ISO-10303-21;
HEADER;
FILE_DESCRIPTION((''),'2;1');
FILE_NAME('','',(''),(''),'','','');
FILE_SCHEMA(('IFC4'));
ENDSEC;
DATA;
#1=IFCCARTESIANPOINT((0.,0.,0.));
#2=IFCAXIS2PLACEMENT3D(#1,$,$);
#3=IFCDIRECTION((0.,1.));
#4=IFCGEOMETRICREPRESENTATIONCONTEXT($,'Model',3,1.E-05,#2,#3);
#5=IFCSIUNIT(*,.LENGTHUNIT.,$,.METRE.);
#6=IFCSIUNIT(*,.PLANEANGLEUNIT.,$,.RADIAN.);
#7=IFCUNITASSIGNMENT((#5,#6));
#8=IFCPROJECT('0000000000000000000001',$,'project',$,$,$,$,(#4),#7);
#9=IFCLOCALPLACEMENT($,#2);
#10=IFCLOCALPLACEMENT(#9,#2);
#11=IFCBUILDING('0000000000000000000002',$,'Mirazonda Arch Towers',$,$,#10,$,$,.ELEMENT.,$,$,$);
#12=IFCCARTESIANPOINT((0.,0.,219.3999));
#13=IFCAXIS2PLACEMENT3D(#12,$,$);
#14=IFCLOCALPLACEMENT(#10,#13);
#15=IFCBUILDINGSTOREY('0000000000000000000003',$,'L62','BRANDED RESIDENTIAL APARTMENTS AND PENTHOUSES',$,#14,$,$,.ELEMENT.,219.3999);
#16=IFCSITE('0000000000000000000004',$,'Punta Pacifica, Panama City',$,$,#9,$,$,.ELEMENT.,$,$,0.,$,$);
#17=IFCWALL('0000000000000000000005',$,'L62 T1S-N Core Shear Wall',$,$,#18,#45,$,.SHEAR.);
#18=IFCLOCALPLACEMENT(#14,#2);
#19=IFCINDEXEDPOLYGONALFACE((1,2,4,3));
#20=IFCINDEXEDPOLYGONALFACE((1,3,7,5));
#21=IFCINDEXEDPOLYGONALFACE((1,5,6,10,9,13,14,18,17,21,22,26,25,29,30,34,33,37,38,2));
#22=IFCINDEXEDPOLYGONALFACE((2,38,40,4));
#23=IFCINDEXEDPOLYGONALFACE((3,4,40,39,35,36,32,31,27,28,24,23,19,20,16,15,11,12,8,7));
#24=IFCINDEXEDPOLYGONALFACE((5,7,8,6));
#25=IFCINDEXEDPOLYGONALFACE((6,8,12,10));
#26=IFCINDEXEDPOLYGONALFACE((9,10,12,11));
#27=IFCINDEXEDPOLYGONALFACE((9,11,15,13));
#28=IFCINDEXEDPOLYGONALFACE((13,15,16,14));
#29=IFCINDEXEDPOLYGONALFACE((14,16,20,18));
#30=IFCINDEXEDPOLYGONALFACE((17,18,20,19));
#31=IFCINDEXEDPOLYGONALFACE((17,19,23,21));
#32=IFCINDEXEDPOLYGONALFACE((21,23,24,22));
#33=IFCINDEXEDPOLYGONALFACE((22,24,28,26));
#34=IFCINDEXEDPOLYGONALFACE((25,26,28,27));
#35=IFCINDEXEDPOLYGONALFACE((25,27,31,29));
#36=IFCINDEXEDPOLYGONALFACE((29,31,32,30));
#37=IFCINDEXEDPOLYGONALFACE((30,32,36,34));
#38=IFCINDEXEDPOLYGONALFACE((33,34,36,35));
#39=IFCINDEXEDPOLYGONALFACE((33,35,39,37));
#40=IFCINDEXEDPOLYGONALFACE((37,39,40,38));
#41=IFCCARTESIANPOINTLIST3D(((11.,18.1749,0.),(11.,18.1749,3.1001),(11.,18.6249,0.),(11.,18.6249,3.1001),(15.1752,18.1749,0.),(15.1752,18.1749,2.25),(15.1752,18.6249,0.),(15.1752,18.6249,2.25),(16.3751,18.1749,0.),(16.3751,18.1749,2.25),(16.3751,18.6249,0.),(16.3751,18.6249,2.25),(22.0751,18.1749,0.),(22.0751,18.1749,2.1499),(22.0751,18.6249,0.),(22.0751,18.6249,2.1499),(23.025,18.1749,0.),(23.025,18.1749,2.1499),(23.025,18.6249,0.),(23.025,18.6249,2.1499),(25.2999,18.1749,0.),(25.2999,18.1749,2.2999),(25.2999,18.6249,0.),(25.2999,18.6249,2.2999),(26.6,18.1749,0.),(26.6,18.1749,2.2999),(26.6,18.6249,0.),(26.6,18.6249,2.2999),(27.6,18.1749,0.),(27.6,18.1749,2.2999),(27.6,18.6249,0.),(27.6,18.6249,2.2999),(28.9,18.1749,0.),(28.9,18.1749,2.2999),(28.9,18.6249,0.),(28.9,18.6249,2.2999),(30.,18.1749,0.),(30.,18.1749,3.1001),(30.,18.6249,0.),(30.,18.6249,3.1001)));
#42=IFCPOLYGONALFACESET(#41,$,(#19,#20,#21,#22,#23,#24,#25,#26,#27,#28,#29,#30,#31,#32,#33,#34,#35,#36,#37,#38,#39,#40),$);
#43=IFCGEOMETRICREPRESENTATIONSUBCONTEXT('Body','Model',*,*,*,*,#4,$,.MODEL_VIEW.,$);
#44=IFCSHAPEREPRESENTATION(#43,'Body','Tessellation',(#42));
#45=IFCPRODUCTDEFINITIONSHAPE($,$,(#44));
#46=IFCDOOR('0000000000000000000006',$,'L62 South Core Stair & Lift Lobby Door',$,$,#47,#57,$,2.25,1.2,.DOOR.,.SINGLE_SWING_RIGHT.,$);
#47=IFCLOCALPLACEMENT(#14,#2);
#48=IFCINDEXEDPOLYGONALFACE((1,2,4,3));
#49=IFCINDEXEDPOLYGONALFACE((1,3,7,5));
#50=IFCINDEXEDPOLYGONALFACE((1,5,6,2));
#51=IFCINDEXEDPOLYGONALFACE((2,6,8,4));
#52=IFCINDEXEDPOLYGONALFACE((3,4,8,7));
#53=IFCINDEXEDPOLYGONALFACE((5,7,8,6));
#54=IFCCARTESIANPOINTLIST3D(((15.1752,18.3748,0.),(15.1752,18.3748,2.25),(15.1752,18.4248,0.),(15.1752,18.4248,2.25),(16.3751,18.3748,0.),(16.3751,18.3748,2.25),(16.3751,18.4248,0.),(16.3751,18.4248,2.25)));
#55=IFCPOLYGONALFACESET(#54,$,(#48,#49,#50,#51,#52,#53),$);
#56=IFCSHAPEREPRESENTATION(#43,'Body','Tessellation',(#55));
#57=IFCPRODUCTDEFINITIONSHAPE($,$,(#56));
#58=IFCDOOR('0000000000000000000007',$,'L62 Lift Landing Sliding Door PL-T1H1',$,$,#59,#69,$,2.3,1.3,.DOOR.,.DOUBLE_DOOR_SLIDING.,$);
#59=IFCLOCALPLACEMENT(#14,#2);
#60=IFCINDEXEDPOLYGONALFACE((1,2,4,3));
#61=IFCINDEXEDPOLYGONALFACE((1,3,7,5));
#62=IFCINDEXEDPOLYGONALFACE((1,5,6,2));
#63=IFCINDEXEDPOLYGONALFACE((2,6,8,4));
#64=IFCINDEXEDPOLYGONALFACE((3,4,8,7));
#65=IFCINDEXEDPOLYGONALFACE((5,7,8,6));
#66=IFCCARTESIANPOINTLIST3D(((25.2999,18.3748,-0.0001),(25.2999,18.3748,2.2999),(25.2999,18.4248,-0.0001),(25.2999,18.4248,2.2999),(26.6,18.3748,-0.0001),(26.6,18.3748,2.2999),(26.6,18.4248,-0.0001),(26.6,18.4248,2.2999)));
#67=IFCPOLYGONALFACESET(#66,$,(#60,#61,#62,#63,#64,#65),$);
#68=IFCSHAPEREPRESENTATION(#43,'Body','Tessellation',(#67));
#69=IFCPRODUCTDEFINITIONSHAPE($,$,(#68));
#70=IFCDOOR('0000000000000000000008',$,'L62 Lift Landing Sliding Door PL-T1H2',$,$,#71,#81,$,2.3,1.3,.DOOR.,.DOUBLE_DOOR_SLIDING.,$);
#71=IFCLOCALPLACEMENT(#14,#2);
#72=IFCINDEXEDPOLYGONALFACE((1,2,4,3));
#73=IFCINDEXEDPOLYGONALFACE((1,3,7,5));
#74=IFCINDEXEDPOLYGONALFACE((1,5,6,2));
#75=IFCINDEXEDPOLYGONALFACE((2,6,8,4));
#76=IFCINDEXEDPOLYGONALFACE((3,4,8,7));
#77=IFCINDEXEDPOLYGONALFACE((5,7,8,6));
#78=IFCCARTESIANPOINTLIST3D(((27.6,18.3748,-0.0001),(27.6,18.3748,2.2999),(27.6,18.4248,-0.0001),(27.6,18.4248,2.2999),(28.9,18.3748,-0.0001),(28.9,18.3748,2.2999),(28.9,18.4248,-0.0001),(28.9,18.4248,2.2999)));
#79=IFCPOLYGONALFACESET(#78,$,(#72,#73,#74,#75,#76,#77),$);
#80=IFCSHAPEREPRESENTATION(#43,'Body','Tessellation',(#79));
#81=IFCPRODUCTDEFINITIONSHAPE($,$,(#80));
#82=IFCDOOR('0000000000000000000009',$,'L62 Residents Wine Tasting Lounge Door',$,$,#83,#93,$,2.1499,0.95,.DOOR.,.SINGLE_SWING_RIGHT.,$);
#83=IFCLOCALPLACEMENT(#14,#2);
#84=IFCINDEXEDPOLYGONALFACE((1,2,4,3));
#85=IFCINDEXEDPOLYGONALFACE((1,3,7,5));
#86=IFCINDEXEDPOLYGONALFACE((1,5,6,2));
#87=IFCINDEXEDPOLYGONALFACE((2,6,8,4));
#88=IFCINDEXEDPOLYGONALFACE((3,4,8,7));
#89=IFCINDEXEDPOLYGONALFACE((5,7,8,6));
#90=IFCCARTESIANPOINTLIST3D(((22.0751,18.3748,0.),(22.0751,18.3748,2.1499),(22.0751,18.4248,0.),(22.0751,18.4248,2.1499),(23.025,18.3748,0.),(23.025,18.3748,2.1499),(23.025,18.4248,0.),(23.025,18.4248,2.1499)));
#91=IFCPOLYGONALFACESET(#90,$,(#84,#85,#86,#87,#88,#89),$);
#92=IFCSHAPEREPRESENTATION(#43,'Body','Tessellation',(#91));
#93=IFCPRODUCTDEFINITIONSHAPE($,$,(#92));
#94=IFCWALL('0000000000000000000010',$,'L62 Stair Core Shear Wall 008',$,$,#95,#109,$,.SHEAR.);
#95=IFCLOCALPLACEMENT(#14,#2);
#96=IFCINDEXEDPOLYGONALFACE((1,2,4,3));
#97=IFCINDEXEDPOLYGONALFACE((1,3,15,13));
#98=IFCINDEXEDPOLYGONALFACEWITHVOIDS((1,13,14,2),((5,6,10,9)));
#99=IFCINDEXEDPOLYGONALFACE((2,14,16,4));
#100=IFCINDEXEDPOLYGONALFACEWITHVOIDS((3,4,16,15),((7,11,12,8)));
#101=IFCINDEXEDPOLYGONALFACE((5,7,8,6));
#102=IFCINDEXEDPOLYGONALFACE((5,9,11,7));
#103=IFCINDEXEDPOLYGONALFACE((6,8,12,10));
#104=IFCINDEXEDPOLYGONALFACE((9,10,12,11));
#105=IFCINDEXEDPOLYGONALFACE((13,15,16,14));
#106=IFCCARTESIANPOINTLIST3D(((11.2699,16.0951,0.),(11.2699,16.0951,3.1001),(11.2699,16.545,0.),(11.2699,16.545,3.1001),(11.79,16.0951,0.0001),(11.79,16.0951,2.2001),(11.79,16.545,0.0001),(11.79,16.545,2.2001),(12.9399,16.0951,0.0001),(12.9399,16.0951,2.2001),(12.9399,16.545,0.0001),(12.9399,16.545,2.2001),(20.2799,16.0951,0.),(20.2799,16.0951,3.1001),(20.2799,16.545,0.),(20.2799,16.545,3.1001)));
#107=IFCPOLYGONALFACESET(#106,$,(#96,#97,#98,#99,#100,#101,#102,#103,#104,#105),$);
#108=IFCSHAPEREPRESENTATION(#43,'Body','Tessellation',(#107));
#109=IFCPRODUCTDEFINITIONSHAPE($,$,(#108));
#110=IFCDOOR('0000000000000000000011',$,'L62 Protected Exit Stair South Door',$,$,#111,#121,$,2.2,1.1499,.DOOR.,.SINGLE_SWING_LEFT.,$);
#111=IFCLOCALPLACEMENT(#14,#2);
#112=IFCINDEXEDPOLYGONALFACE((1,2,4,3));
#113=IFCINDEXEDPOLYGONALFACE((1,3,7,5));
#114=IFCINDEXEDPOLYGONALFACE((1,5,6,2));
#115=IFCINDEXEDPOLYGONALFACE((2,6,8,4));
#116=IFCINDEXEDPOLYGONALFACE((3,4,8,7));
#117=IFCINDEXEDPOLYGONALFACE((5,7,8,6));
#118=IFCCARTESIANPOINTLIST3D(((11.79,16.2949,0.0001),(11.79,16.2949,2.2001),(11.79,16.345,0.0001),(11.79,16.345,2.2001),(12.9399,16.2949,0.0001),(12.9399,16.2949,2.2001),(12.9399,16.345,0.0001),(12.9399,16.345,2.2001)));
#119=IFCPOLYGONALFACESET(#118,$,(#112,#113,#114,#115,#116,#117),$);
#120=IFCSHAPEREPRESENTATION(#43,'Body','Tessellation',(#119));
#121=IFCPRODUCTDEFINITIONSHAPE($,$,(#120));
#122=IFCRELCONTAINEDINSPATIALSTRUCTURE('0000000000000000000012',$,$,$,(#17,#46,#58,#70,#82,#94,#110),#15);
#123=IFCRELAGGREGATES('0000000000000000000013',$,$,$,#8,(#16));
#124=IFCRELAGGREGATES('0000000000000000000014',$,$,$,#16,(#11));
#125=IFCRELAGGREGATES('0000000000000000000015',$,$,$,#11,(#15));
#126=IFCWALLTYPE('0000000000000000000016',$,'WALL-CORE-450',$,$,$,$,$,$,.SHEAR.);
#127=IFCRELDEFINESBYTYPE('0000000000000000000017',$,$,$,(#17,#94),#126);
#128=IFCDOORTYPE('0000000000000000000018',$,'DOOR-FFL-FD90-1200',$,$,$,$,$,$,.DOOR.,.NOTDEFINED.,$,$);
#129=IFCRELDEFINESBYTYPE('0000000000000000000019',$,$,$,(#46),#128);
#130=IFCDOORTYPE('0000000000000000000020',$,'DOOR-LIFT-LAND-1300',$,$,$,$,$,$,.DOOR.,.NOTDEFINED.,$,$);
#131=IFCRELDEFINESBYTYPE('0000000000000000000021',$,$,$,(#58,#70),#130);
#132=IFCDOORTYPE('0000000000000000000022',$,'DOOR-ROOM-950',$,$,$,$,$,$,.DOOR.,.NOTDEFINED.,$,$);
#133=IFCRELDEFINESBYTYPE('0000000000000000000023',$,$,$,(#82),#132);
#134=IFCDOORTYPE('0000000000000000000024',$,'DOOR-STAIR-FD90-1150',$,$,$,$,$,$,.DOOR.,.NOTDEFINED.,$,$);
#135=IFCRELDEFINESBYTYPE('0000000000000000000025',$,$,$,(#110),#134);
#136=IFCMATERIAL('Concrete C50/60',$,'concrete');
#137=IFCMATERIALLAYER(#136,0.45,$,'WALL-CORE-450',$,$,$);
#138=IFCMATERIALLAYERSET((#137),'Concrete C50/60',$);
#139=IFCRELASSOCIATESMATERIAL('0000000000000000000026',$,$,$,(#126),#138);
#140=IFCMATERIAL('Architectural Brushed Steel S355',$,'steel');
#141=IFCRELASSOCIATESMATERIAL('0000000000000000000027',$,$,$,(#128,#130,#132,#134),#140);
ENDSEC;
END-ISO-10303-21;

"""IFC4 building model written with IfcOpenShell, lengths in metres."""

from ifc_helpers import new_model, si_unit, direction, frame, frame_2d, origin, place, context, subcontext, project, spatial, rectangle, extrude, material, layer, layer_set, type_object, element, fill, save


model = new_model("IFC4")

# Units and contexts
model_context = context("Model", 3, precision=1e-05, world=origin(), true_north=direction((0.0, 1.0)))
body_context = subcontext(model_context, "Body", "Model", "MODEL_VIEW")
ifc_project = project(units=[si_unit("LENGTHUNIT", "METRE"), si_unit("PLANEANGLEUNIT", "RADIAN")], contexts=[model_context])

# Site, building, storey
site_placement = place(None, origin())
site = spatial("IfcSite", under=ifc_project, at=site_placement, Name="Punta Pacifica, Panama City", CompositionType="ELEMENT", RefElevation=0.0)
building_placement = place(site_placement, origin())
building = spatial("IfcBuilding", under=site, at=building_placement, Name="Mirazonda Arch Towers", CompositionType="ELEMENT")
storey_placement = place(building_placement, frame((0.0, 0.0, 219.3999)))
storey = spatial("IfcBuildingStorey", under=building, at=storey_placement, Name="L62", Description="BRANDED RESIDENTIAL APARTMENTS AND PENTHOUSES", CompositionType="ELEMENT", Elevation=219.3999)

# Shared definitions
ifc_material_1 = material(Name="Concrete C50/60", Category="concrete")

# Wall, openings, doors
ifc_layer_1 = layer(ifc_material_1, 0.45, Name="WALL-CORE-450")
ifc_layer_set_1 = layer_set([ifc_layer_1], Name="Concrete C50/60")
wall_type_1 = type_object("IfcWallType", Name="WALL-CORE-450", PredefinedType="SHEAR", material=ifc_layer_set_1)
wall_1_placement = place(storey_placement, frame((11.0, 18.3999, 0.0), z_axis=(0.0, 0.0, 1.0), x_axis=(1.0, 0.0, 0.0)))
wall_1 = element("IfcWall", 1, at=wall_1_placement, inside=storey, type_object=wall_type_1, Name="L62 T1S-N Core Shear Wall", PredefinedType="SHEAR", context=body_context, shape_type="SweptSolid", body=[
    extrude(rectangle(XDim=19.0, YDim=0.45, at=frame_2d((9.5, 0.0))), origin(), (0.0, 0.0, 1.0), 3.1001),
])
opening_1_placement = place(wall_1_placement, frame((4.175, 0.0, 0.0)))
opening_1 = element("IfcOpeningElement", 2, at=opening_1_placement, cuts=wall_1, PredefinedType="OPENING", context=body_context, shape_type="SweptSolid", body=[
    extrude(rectangle(XDim=1.2, YDim=2.25, at=frame_2d((0.6001, 1.125))), frame((0.0, 0.2349, 0.0), z_axis=(0.0, -1.0, 0.0), x_axis=(1.0, 0.0, 0.0)), (0.0, 0.0, 1.0), 0.47),
])
opening_2_placement = place(wall_1_placement, frame((11.075, 0.0, 0.0)))
opening_2 = element("IfcOpeningElement", 3, at=opening_2_placement, cuts=wall_1, PredefinedType="OPENING", context=body_context, shape_type="SweptSolid", body=[
    extrude(rectangle(XDim=0.95, YDim=2.1499, at=frame_2d((0.4751, 1.075))), frame((0.0, 0.2349, 0.0), z_axis=(0.0, -1.0, 0.0), x_axis=(1.0, 0.0, 0.0)), (0.0, 0.0, 1.0), 0.47),
])
opening_3_placement = place(wall_1_placement, frame((14.3, 0.0, 0.0)))
opening_3 = element("IfcOpeningElement", 4, at=opening_3_placement, cuts=wall_1, PredefinedType="OPENING", context=body_context, shape_type="SweptSolid", body=[
    extrude(rectangle(XDim=1.3, YDim=2.3, at=frame_2d((0.6499, 1.1499))), frame((0.0, 0.2349, 0.0), z_axis=(0.0, -1.0, 0.0), x_axis=(1.0, 0.0, 0.0)), (0.0, 0.0, 1.0), 0.47),
])
opening_4_placement = place(wall_1_placement, frame((16.6001, 0.0, 0.0)))
opening_4 = element("IfcOpeningElement", 5, at=opening_4_placement, cuts=wall_1, PredefinedType="OPENING", context=body_context, shape_type="SweptSolid", body=[
    extrude(rectangle(XDim=1.3, YDim=2.3, at=frame_2d((0.6499, 1.1499))), frame((0.0, 0.2349, 0.0), z_axis=(0.0, -1.0, 0.0), x_axis=(1.0, 0.0, 0.0)), (0.0, 0.0, 1.0), 0.47),
])
ifc_material_2 = material(Name="Architectural Brushed Steel S355", Category="steel")
door_type_1 = type_object("IfcDoorType", Name="DOOR-FFL-FD90-1200", OperationType="NOTDEFINED", PredefinedType="DOOR", material=ifc_material_2)
door_1_placement = place(opening_1_placement, origin())
door_1 = element("IfcDoor", 6, at=door_1_placement, inside=storey, type_object=door_type_1, Name="L62 South Core Stair & Lift Lobby Door", OperationType="SINGLE_SWING_RIGHT", OverallHeight=2.25, OverallWidth=1.2, PredefinedType="DOOR", context=body_context, shape_type="SweptSolid", body=[
    extrude(rectangle(XDim=1.2, YDim=2.25, at=frame_2d((0.6001, 1.125))), frame((0.0, 0.0249, 0.0), z_axis=(0.0, -1.0, 0.0), x_axis=(1.0, 0.0, 0.0)), (0.0, 0.0, 1.0), 0.05),
])
fill(opening_1, door_1)
door_type_2 = type_object("IfcDoorType", Name="DOOR-LIFT-LAND-1300", OperationType="NOTDEFINED", PredefinedType="DOOR", material=ifc_material_2)
door_2_placement = place(opening_3_placement, origin())
door_2 = element("IfcDoor", 7, at=door_2_placement, inside=storey, type_object=door_type_2, Name="L62 Lift Landing Sliding Door PL-T1H1", OperationType="DOUBLE_DOOR_SLIDING", OverallHeight=2.3, OverallWidth=1.3, PredefinedType="DOOR", context=body_context, shape_type="SweptSolid", body=[
    extrude(rectangle(XDim=1.3, YDim=2.3, at=frame_2d((0.6499, 1.1499))), frame((0.0, 0.0249, 0.0), z_axis=(0.0, -1.0, 0.0), x_axis=(1.0, 0.0, 0.0)), (0.0, 0.0, 1.0), 0.05),
])
fill(opening_3, door_2)
door_3_placement = place(opening_4_placement, origin())
door_3 = element("IfcDoor", 8, at=door_3_placement, inside=storey, type_object=door_type_2, Name="L62 Lift Landing Sliding Door PL-T1H2", OperationType="DOUBLE_DOOR_SLIDING", OverallHeight=2.3, OverallWidth=1.3, PredefinedType="DOOR", context=body_context, shape_type="SweptSolid", body=[
    extrude(rectangle(XDim=1.3, YDim=2.3, at=frame_2d((0.6499, 1.1499))), frame((0.0, 0.0249, 0.0), z_axis=(0.0, -1.0, 0.0), x_axis=(1.0, 0.0, 0.0)), (0.0, 0.0, 1.0), 0.05),
])
fill(opening_4, door_3)
door_type_3 = type_object("IfcDoorType", Name="DOOR-ROOM-950", OperationType="NOTDEFINED", PredefinedType="DOOR", material=ifc_material_2)
door_4_placement = place(opening_2_placement, origin())
door_4 = element("IfcDoor", 9, at=door_4_placement, inside=storey, type_object=door_type_3, Name="L62 Residents Wine Tasting Lounge Door", OperationType="SINGLE_SWING_RIGHT", OverallHeight=2.1499, OverallWidth=0.95, PredefinedType="DOOR", context=body_context, shape_type="SweptSolid", body=[
    extrude(rectangle(XDim=0.95, YDim=2.1499, at=frame_2d((0.4751, 1.075))), frame((0.0, 0.0249, 0.0), z_axis=(0.0, -1.0, 0.0), x_axis=(1.0, 0.0, 0.0)), (0.0, 0.0, 1.0), 0.05),
])
fill(opening_2, door_4)

# Wall, opening, door
wall_2_placement = place(storey_placement, frame((11.27, 16.3201, 0.0), z_axis=(0.0, 0.0, 1.0), x_axis=(1.0, 0.0, 0.0)))
wall_2 = element("IfcWall", 10, at=wall_2_placement, inside=storey, type_object=wall_type_1, Name="L62 Stair Core Shear Wall 008", PredefinedType="SHEAR", context=body_context, shape_type="SweptSolid", body=[
    extrude(rectangle(XDim=9.01, YDim=0.45, at=frame_2d((4.5049, 0.0))), origin(), (0.0, 0.0, 1.0), 3.1001),
])
opening_5_placement = place(wall_2_placement, frame((0.52, 0.0, 0.0)))
opening_5 = element("IfcOpeningElement", 11, at=opening_5_placement, cuts=wall_2, PredefinedType="OPENING", context=body_context, shape_type="SweptSolid", body=[
    extrude(rectangle(XDim=1.1499, YDim=2.2, at=frame_2d((0.575, 1.1001))), frame((0.0, 0.2349, 0.0), z_axis=(0.0, -1.0, 0.0), x_axis=(1.0, 0.0, 0.0)), (0.0, 0.0, 1.0), 0.47),
])
door_type_4 = type_object("IfcDoorType", Name="DOOR-STAIR-FD90-1150", OperationType="NOTDEFINED", PredefinedType="DOOR", material=ifc_material_2)
door_5_placement = place(opening_5_placement, origin())
door_5 = element("IfcDoor", 12, at=door_5_placement, inside=storey, type_object=door_type_4, Name="L62 Protected Exit Stair South Door", OperationType="SINGLE_SWING_LEFT", OverallHeight=2.2, OverallWidth=1.1499, PredefinedType="DOOR", context=body_context, shape_type="SweptSolid", body=[
    extrude(rectangle(XDim=1.1499, YDim=2.2, at=frame_2d((0.575, 1.1001))), frame((0.0, 0.0249, 0.0), z_axis=(0.0, -1.0, 0.0), x_axis=(1.0, 0.0, 0.0)), (0.0, 0.0, 1.0), 0.05),
])
fill(opening_5, door_5)

save(model, "model.ifc")
